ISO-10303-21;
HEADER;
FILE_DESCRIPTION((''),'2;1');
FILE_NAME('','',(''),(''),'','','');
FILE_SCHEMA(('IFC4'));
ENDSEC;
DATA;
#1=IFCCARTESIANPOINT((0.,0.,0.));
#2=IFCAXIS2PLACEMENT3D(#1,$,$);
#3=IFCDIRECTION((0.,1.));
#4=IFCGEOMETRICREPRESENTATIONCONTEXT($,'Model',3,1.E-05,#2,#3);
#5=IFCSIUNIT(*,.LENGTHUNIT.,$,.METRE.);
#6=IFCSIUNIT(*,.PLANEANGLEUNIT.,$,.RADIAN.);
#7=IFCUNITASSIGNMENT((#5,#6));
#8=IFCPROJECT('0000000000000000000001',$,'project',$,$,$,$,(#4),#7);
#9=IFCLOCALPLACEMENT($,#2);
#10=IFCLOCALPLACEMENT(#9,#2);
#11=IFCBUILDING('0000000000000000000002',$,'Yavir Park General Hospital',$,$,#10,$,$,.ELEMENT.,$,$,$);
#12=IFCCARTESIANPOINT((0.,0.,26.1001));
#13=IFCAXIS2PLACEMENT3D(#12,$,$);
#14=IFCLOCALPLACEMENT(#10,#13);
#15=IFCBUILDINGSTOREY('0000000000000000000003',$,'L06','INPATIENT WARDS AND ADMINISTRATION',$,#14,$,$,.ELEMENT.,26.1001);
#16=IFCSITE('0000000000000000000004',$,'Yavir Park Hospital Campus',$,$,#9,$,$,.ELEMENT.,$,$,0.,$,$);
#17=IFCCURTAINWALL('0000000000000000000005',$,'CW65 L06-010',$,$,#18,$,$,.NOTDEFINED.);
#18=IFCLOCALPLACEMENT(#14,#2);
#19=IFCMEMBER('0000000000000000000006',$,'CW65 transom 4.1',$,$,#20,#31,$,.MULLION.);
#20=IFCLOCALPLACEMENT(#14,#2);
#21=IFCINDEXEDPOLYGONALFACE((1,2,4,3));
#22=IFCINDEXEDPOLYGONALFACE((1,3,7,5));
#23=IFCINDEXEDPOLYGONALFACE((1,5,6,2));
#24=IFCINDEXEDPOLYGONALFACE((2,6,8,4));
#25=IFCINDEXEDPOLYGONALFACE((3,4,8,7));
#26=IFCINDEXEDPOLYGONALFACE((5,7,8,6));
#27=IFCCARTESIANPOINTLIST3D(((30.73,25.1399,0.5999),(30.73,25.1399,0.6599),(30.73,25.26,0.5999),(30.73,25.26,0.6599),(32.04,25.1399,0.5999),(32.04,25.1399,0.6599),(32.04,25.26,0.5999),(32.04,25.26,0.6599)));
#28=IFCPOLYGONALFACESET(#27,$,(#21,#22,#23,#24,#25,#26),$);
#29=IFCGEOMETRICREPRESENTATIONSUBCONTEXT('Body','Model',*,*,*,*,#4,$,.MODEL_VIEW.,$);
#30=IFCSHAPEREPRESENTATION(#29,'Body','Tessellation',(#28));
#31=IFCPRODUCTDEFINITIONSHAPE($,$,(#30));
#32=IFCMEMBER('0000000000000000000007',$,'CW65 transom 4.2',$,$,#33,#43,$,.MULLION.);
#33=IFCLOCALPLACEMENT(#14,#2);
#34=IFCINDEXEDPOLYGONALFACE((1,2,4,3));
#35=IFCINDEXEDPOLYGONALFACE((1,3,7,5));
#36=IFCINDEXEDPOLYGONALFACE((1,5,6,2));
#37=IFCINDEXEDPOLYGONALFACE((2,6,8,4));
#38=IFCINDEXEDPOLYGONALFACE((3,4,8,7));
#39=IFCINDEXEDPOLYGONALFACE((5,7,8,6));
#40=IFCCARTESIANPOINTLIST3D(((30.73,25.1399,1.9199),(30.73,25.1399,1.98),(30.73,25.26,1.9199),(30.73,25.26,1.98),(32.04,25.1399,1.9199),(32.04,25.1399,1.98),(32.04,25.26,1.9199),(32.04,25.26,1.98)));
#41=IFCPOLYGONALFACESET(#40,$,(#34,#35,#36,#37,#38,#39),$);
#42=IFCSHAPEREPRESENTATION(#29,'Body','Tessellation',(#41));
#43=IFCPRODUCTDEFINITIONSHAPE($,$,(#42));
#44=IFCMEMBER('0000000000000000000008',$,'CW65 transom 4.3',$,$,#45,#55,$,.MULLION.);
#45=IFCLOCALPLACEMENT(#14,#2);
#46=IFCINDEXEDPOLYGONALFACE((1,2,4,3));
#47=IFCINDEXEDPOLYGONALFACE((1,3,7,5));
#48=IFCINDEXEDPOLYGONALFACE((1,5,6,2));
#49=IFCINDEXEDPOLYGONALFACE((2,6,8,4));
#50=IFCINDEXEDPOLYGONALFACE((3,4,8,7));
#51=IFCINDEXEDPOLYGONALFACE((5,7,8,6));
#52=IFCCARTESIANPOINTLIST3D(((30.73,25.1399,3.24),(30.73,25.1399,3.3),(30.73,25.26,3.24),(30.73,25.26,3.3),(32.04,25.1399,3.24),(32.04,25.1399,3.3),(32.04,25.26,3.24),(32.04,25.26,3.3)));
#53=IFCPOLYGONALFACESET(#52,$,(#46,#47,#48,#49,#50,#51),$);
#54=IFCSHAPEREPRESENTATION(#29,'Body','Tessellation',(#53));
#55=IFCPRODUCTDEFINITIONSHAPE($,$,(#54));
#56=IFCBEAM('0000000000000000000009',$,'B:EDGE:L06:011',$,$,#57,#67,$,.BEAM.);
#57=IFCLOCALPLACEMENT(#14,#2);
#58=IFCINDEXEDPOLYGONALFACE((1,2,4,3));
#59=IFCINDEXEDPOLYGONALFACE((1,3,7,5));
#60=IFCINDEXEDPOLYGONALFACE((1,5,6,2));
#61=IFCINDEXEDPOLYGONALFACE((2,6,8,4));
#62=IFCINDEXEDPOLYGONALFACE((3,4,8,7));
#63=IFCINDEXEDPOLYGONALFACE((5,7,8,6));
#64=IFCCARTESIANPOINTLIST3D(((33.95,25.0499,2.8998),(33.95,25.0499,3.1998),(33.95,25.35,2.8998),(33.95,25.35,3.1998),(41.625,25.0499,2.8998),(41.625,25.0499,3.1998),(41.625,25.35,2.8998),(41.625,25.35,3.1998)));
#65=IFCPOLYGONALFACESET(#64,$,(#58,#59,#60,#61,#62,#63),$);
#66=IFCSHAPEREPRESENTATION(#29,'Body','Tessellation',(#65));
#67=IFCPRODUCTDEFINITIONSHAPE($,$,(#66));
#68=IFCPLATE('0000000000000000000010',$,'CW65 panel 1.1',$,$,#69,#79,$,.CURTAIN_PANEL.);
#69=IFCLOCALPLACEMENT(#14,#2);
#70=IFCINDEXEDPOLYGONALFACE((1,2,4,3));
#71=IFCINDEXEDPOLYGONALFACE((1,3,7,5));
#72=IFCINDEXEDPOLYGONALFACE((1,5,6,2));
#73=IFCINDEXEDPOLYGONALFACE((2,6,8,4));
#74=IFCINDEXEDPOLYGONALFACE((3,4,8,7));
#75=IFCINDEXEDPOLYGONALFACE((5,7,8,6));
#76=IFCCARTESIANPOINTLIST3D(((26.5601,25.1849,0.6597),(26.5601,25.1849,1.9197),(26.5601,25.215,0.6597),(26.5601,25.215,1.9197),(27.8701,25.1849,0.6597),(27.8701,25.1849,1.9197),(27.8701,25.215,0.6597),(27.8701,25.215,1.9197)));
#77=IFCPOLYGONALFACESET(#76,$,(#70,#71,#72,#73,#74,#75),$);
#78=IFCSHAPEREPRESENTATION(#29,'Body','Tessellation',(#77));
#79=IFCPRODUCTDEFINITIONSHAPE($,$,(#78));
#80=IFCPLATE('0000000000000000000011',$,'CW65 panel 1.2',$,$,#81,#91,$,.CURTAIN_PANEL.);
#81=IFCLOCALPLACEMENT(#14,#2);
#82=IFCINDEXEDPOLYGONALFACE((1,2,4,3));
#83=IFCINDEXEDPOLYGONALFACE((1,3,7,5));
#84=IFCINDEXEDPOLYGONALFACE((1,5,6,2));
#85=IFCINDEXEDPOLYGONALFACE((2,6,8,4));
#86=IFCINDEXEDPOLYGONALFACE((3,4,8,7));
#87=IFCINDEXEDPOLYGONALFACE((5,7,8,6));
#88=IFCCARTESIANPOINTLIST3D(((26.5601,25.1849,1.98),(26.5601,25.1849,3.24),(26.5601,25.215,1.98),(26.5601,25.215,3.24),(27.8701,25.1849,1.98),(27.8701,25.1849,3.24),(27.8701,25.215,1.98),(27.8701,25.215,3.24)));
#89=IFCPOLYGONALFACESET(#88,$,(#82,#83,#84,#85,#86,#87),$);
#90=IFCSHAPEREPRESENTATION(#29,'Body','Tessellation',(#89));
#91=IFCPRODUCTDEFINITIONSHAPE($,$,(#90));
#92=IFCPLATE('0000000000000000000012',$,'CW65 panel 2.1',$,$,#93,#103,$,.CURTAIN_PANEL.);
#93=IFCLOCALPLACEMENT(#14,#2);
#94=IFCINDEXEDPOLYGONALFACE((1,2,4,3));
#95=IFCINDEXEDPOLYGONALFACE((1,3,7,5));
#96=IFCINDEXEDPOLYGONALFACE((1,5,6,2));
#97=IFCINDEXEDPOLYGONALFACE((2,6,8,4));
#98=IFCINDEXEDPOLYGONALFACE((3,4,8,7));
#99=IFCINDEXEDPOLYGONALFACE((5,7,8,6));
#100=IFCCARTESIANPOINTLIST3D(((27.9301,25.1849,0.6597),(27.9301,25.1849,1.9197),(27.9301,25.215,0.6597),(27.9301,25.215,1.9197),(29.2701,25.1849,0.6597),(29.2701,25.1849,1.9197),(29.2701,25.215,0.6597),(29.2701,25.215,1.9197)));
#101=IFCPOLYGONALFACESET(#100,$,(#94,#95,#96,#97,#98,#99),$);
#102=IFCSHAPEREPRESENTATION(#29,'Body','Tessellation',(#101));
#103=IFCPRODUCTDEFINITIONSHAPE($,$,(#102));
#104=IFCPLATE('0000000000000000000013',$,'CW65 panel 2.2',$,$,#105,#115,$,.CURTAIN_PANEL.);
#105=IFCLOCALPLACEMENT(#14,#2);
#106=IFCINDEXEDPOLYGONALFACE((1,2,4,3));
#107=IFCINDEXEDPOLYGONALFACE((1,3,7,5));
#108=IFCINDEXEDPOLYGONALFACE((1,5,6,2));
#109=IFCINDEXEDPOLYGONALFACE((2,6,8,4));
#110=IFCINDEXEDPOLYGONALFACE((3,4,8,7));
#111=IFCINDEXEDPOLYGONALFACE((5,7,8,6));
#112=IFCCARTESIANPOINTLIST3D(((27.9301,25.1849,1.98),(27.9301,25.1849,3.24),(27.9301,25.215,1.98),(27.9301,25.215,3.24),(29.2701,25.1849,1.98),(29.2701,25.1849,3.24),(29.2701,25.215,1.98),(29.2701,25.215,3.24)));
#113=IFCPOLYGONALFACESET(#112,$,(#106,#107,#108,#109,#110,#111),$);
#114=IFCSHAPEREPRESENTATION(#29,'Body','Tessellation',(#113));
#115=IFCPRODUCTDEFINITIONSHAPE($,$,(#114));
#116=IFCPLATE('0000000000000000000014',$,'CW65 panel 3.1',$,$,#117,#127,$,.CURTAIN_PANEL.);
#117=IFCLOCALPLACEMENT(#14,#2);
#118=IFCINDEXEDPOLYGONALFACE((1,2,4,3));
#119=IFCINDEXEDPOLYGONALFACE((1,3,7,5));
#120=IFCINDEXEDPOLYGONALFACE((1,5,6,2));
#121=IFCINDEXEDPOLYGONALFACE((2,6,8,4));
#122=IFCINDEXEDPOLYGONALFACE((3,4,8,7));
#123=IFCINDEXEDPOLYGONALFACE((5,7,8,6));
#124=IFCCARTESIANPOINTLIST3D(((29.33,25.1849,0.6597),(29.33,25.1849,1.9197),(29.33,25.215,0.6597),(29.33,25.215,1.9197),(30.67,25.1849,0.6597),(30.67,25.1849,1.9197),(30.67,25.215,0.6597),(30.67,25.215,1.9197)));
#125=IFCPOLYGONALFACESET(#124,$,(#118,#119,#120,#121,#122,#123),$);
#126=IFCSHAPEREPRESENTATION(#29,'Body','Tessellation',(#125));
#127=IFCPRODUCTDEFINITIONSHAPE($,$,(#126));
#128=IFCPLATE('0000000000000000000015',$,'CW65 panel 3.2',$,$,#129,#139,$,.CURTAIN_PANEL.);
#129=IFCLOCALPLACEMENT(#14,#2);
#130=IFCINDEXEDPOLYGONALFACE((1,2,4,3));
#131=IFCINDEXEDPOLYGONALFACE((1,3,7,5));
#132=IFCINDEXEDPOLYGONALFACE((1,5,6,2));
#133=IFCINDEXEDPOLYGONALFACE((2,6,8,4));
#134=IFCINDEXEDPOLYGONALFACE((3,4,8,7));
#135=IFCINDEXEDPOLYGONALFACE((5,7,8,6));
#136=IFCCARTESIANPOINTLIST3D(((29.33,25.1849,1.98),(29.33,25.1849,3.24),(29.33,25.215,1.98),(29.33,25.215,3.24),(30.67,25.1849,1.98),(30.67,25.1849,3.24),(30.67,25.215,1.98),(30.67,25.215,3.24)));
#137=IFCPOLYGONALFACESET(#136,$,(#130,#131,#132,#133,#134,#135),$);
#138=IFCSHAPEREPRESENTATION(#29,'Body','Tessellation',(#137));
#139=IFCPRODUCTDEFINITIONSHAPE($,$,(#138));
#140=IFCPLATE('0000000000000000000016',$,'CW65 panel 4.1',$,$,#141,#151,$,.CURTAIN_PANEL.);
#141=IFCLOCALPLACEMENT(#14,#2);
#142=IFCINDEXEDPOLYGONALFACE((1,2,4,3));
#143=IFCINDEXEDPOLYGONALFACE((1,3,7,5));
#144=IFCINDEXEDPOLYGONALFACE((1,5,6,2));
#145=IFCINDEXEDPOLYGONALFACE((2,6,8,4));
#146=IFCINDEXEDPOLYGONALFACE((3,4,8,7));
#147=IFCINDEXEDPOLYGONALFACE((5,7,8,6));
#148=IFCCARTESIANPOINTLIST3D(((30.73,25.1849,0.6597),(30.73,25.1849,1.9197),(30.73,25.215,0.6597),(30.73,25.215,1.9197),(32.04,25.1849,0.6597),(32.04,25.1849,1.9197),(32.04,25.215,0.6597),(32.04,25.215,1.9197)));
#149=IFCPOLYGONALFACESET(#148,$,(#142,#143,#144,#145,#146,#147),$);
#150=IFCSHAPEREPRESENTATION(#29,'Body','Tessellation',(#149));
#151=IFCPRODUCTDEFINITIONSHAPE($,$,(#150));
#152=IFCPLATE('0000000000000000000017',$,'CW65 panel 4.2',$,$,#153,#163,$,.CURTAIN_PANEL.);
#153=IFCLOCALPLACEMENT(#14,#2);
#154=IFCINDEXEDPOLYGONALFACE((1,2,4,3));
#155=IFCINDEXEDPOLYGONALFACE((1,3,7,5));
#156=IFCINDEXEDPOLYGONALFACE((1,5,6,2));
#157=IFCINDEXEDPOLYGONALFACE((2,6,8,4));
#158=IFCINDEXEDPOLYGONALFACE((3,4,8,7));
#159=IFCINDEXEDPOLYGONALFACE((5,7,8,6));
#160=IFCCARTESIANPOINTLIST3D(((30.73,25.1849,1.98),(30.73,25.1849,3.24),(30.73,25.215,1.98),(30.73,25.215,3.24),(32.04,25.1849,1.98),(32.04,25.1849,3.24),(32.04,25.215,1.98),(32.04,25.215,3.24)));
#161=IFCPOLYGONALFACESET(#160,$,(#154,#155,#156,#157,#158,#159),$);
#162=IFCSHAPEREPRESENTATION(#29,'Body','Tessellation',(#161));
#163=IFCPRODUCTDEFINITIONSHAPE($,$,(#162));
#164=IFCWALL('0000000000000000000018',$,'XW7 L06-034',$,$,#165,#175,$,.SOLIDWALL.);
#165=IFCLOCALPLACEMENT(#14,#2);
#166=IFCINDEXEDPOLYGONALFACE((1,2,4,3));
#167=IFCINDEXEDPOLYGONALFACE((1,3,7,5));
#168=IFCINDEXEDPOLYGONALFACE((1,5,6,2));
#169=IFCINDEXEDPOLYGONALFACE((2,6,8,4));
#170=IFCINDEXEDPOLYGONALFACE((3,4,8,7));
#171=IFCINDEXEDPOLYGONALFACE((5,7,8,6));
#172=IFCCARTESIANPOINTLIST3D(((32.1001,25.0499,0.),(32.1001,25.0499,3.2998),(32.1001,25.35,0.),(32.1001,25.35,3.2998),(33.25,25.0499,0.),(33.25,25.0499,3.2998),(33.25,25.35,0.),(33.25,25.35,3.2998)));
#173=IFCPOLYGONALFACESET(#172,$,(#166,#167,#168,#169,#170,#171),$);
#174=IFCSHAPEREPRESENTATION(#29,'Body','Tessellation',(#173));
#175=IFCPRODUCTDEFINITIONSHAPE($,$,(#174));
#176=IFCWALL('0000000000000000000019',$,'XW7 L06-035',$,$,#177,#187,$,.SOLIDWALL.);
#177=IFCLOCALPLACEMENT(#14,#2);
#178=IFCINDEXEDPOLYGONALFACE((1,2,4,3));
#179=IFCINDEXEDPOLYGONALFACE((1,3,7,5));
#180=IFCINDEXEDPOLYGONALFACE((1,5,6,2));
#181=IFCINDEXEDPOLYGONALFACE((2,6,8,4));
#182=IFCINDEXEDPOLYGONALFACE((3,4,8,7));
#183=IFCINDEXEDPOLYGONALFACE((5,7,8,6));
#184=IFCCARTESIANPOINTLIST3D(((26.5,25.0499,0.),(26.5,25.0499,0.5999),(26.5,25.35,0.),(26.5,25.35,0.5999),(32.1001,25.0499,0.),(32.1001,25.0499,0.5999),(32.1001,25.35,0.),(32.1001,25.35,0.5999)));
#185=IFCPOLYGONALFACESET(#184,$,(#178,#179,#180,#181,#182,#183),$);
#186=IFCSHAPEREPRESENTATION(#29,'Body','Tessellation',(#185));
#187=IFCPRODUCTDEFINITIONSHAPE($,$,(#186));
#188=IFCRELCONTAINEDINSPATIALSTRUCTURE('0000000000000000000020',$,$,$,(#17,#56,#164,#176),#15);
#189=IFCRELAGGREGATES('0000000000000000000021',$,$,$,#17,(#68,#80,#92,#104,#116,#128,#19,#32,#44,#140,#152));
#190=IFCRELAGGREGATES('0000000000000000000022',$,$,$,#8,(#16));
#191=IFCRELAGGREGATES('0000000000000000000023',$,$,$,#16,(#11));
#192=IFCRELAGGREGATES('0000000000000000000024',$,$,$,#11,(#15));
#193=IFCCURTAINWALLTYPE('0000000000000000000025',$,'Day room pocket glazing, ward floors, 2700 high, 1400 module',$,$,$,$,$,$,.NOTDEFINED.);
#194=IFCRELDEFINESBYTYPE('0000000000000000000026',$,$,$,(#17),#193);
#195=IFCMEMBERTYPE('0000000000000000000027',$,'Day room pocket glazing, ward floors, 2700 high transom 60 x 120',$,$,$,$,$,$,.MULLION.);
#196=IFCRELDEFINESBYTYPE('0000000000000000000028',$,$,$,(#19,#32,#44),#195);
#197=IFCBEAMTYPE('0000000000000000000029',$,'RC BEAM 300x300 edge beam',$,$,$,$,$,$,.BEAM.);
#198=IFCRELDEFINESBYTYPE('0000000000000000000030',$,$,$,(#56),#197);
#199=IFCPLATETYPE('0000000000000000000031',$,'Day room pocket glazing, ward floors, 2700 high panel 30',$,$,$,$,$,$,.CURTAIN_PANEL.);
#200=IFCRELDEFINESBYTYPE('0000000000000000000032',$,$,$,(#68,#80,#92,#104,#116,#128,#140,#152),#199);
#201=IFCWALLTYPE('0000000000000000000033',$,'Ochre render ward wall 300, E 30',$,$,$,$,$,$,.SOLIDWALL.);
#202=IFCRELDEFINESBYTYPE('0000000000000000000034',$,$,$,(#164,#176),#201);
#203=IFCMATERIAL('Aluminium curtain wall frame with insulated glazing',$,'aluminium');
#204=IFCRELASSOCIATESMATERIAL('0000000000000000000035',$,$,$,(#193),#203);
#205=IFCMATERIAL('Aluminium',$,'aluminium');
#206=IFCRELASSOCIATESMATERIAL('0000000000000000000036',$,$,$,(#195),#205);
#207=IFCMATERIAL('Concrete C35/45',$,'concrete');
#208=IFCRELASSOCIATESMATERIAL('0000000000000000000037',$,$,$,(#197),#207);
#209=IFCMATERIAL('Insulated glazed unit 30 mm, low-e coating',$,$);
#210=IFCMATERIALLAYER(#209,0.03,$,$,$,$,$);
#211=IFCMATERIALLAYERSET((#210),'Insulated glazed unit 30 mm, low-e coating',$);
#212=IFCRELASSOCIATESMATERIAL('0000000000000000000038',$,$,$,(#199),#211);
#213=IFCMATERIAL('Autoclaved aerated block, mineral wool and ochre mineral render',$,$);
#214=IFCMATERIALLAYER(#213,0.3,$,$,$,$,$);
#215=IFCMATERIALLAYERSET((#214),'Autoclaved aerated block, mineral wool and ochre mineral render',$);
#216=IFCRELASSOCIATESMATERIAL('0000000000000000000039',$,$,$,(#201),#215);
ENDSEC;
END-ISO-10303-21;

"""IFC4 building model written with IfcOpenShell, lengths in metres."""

from ifc_helpers import new_model, si_unit, direction, frame, frame_2d, origin, origin_2d, place, context, subcontext, project, spatial, rectangle, extrude, material, layer, layer_set, material_profile, profile_set, type_object, element, aggregate, save


model = new_model("IFC4")

# Units and contexts
model_context = context("Model", 3, precision=1e-05, world=origin(), true_north=direction((0.0, 1.0)))
body_context = subcontext(model_context, "Body", "Model", "MODEL_VIEW")
ifc_project = project(units=[si_unit("LENGTHUNIT", "METRE"), si_unit("PLANEANGLEUNIT", "RADIAN")], contexts=[model_context])

# Site, building, storey
site_placement = place(None, origin())
site = spatial("IfcSite", under=ifc_project, at=site_placement, Name="Yavir Park Hospital Campus", CompositionType="ELEMENT", RefElevation=0.0)
building_placement = place(site_placement, origin())
building = spatial("IfcBuilding", under=site, at=building_placement, Name="Yavir Park General Hospital", CompositionType="ELEMENT")
storey_placement = place(building_placement, frame((0.0, 0.0, 26.1001)))
storey = spatial("IfcBuildingStorey", under=building, at=storey_placement, Name="L06", Description="INPATIENT WARDS AND ADMINISTRATION", CompositionType="ELEMENT", Elevation=26.1001)

# Curtain wall, members
ifc_material_1 = material(Name="Aluminium curtain wall frame with insulated glazing", Category="aluminium")
curtain_wall_type = type_object("IfcCurtainWallType", Name="Day room pocket glazing, ward floors, 2700 high, 1400 module", PredefinedType="NOTDEFINED", material=ifc_material_1)
curtain_wall_placement = place(storey_placement, origin())
curtain_wall = element("IfcCurtainWall", 1, at=curtain_wall_placement, inside=storey, type_object=curtain_wall_type, Name="CW65 L06-010", PredefinedType="NOTDEFINED")
ifc_material_2 = material(Name="Aluminium", Category="aluminium")
ifc_material_profile_1 = material_profile(ifc_material_2, rectangle(XDim=0.1201, YDim=0.0601, at=origin_2d()), Name="AL 120x60")
ifc_profile_set_1 = profile_set([ifc_material_profile_1], Name="Aluminium")
member_type_1 = type_object("IfcMemberType", Name="Day room pocket glazing, ward floors, 2700 high transom 60 x 120", PredefinedType="MULLION", material=ifc_profile_set_1)
member_1_placement = place(storey_placement, frame((30.73, 25.2, 0.6299), z_axis=(1.0, 0.0, 0.0), x_axis=(0.0, 1.0, 0.0)))
member_1 = element("IfcMember", 2, at=member_1_placement, type_object=member_type_1, Name="CW65 transom 4.1", PredefinedType="MULLION", context=body_context, shape_type="SweptSolid", body=[
    extrude(rectangle(XDim=0.1201, YDim=0.0601, at=origin_2d()), origin(), (0.0, 0.0, 1.0), 1.3101),
])
member_2_placement = place(storey_placement, frame((30.73, 25.2, 1.95), z_axis=(1.0, 0.0, 0.0), x_axis=(0.0, 1.0, 0.0)))
member_2 = element("IfcMember", 3, at=member_2_placement, type_object=member_type_1, Name="CW65 transom 4.2", PredefinedType="MULLION", context=body_context, shape_type="SweptSolid", body=[
    extrude(rectangle(XDim=0.1201, YDim=0.0601, at=origin_2d()), origin(), (0.0, 0.0, 1.0), 1.3101),
])
member_3_placement = place(storey_placement, frame((30.73, 25.2, 3.27), z_axis=(1.0, 0.0, 0.0), x_axis=(0.0, 1.0, 0.0)))
member_3 = element("IfcMember", 4, at=member_3_placement, type_object=member_type_1, Name="CW65 transom 4.3", PredefinedType="MULLION", context=body_context, shape_type="SweptSolid", body=[
    extrude(rectangle(XDim=0.1201, YDim=0.0601, at=origin_2d()), origin(), (0.0, 0.0, 1.0), 1.3101),
])

# Beam
ifc_material_3 = material(Name="Concrete C35/45", Category="concrete")
ifc_material_profile_2 = material_profile(ifc_material_3, rectangle(XDim=0.3, YDim=0.3, at=origin_2d()), Name="RC300x300")
ifc_profile_set_2 = profile_set([ifc_material_profile_2], Name="Concrete C35/45")
beam_type = type_object("IfcBeamType", Name="RC BEAM 300x300 edge beam", PredefinedType="BEAM", material=ifc_profile_set_2)
beam_placement = place(storey_placement, frame((33.95, 25.2, 3.0498), z_axis=(1.0, 0.0, 0.0), x_axis=(0.0, 1.0, 0.0)))
element("IfcBeam", 5, at=beam_placement, inside=storey, type_object=beam_type, Name="B:EDGE:L06:011", PredefinedType="BEAM", context=body_context, shape_type="SweptSolid", body=[
    extrude(rectangle(XDim=0.3, YDim=0.3, at=origin_2d()), origin(), (0.0, 0.0, 1.0), 7.675),
])

# Plates
ifc_material_4 = material(Name="Insulated glazed unit 30 mm, low-e coating")
ifc_layer_1 = layer(ifc_material_4, 0.03)
ifc_layer_set_1 = layer_set([ifc_layer_1], Name="Insulated glazed unit 30 mm, low-e coating")
plate_type = type_object("IfcPlateType", Name="Day room pocket glazing, ward floors, 2700 high panel 30", PredefinedType="CURTAIN_PANEL", material=ifc_layer_set_1)
plate_1_placement = place(storey_placement, frame((27.2151, 25.2, 0.6597), z_axis=(0.0, 0.0, 1.0), x_axis=(1.0, 0.0, 0.0)))
plate_1 = element("IfcPlate", 6, at=plate_1_placement, type_object=plate_type, Name="CW65 panel 1.1", PredefinedType="CURTAIN_PANEL", context=body_context, shape_type="SweptSolid", body=[
    extrude(rectangle(XDim=1.3101, YDim=0.03, at=origin_2d()), origin(), (0.0, 0.0, 1.0), 1.26),
])
plate_2_placement = place(storey_placement, frame((27.2151, 25.2, 1.98), z_axis=(0.0, 0.0, 1.0), x_axis=(1.0, 0.0, 0.0)))
plate_2 = element("IfcPlate", 7, at=plate_2_placement, type_object=plate_type, Name="CW65 panel 1.2", PredefinedType="CURTAIN_PANEL", context=body_context, shape_type="SweptSolid", body=[
    extrude(rectangle(XDim=1.3101, YDim=0.03, at=origin_2d()), origin(), (0.0, 0.0, 1.0), 1.26),
])
plate_3_placement = place(storey_placement, frame((28.6001, 25.2, 0.6597), z_axis=(0.0, 0.0, 1.0), x_axis=(1.0, 0.0, 0.0)))
plate_3 = element("IfcPlate", 8, at=plate_3_placement, type_object=plate_type, Name="CW65 panel 2.1", PredefinedType="CURTAIN_PANEL", context=body_context, shape_type="SweptSolid", body=[
    extrude(rectangle(XDim=1.3401, YDim=0.03, at=origin_2d()), origin(), (0.0, 0.0, 1.0), 1.26),
])
plate_4_placement = place(storey_placement, frame((28.6001, 25.2, 1.98), z_axis=(0.0, 0.0, 1.0), x_axis=(1.0, 0.0, 0.0)))
plate_4 = element("IfcPlate", 9, at=plate_4_placement, type_object=plate_type, Name="CW65 panel 2.2", PredefinedType="CURTAIN_PANEL", context=body_context, shape_type="SweptSolid", body=[
    extrude(rectangle(XDim=1.3401, YDim=0.03, at=origin_2d()), origin(), (0.0, 0.0, 1.0), 1.26),
])
plate_5_placement = place(storey_placement, frame((30.0, 25.2, 0.6597), z_axis=(0.0, 0.0, 1.0), x_axis=(1.0, 0.0, 0.0)))
plate_5 = element("IfcPlate", 10, at=plate_5_placement, type_object=plate_type, Name="CW65 panel 3.1", PredefinedType="CURTAIN_PANEL", context=body_context, shape_type="SweptSolid", body=[
    extrude(rectangle(XDim=1.3401, YDim=0.03, at=origin_2d()), origin(), (0.0, 0.0, 1.0), 1.26),
])
plate_6_placement = place(storey_placement, frame((30.0, 25.2, 1.98), z_axis=(0.0, 0.0, 1.0), x_axis=(1.0, 0.0, 0.0)))
plate_6 = element("IfcPlate", 11, at=plate_6_placement, type_object=plate_type, Name="CW65 panel 3.2", PredefinedType="CURTAIN_PANEL", context=body_context, shape_type="SweptSolid", body=[
    extrude(rectangle(XDim=1.3401, YDim=0.03, at=origin_2d()), origin(), (0.0, 0.0, 1.0), 1.26),
])
plate_7_placement = place(storey_placement, frame((31.385, 25.2, 0.6597), z_axis=(0.0, 0.0, 1.0), x_axis=(1.0, 0.0, 0.0)))
plate_7 = element("IfcPlate", 12, at=plate_7_placement, type_object=plate_type, Name="CW65 panel 4.1", PredefinedType="CURTAIN_PANEL", context=body_context, shape_type="SweptSolid", body=[
    extrude(rectangle(XDim=1.3101, YDim=0.03, at=origin_2d()), origin(), (0.0, 0.0, 1.0), 1.26),
])
plate_8_placement = place(storey_placement, frame((31.385, 25.2, 1.98), z_axis=(0.0, 0.0, 1.0), x_axis=(1.0, 0.0, 0.0)))
plate_8 = element("IfcPlate", 13, at=plate_8_placement, type_object=plate_type, Name="CW65 panel 4.2", PredefinedType="CURTAIN_PANEL", context=body_context, shape_type="SweptSolid", body=[
    extrude(rectangle(XDim=1.3101, YDim=0.03, at=origin_2d()), origin(), (0.0, 0.0, 1.0), 1.26),
])
aggregate(curtain_wall, [plate_1, plate_2, plate_3, plate_4, plate_5, plate_6, member_1, member_2, member_3, plate_7, plate_8])

# Walls
ifc_material_5 = material(Name="Autoclaved aerated block, mineral wool and ochre mineral render")
ifc_layer_2 = layer(ifc_material_5, 0.3)
ifc_layer_set_2 = layer_set([ifc_layer_2], Name="Autoclaved aerated block, mineral wool and ochre mineral render")
wall_type_1 = type_object("IfcWallType", Name="Ochre render ward wall 300, E 30", PredefinedType="SOLIDWALL", material=ifc_layer_set_2)
wall_1_placement = place(storey_placement, frame((32.1001, 25.2, 0.0), z_axis=(0.0, 0.0, 1.0), x_axis=(1.0, 0.0, 0.0)))
element("IfcWall", 14, at=wall_1_placement, inside=storey, type_object=wall_type_1, Name="XW7 L06-034", PredefinedType="SOLIDWALL", context=body_context, shape_type="SweptSolid", body=[
    extrude(rectangle(XDim=1.1499, YDim=0.3, at=frame_2d((0.575, 0.0))), origin(), (0.0, 0.0, 1.0), 3.2998),
])
wall_2_placement = place(storey_placement, frame((26.5, 25.2, 0.0), z_axis=(0.0, 0.0, 1.0), x_axis=(1.0, 0.0, 0.0)))
element("IfcWall", 15, at=wall_2_placement, inside=storey, type_object=wall_type_1, Name="XW7 L06-035", PredefinedType="SOLIDWALL", context=body_context, shape_type="SweptSolid", body=[
    extrude(rectangle(XDim=5.6001, YDim=0.3, at=frame_2d((2.8, 0.0))), origin(), (0.0, 0.0, 1.0), 0.5999),
])

save(model, "model.ifc")
